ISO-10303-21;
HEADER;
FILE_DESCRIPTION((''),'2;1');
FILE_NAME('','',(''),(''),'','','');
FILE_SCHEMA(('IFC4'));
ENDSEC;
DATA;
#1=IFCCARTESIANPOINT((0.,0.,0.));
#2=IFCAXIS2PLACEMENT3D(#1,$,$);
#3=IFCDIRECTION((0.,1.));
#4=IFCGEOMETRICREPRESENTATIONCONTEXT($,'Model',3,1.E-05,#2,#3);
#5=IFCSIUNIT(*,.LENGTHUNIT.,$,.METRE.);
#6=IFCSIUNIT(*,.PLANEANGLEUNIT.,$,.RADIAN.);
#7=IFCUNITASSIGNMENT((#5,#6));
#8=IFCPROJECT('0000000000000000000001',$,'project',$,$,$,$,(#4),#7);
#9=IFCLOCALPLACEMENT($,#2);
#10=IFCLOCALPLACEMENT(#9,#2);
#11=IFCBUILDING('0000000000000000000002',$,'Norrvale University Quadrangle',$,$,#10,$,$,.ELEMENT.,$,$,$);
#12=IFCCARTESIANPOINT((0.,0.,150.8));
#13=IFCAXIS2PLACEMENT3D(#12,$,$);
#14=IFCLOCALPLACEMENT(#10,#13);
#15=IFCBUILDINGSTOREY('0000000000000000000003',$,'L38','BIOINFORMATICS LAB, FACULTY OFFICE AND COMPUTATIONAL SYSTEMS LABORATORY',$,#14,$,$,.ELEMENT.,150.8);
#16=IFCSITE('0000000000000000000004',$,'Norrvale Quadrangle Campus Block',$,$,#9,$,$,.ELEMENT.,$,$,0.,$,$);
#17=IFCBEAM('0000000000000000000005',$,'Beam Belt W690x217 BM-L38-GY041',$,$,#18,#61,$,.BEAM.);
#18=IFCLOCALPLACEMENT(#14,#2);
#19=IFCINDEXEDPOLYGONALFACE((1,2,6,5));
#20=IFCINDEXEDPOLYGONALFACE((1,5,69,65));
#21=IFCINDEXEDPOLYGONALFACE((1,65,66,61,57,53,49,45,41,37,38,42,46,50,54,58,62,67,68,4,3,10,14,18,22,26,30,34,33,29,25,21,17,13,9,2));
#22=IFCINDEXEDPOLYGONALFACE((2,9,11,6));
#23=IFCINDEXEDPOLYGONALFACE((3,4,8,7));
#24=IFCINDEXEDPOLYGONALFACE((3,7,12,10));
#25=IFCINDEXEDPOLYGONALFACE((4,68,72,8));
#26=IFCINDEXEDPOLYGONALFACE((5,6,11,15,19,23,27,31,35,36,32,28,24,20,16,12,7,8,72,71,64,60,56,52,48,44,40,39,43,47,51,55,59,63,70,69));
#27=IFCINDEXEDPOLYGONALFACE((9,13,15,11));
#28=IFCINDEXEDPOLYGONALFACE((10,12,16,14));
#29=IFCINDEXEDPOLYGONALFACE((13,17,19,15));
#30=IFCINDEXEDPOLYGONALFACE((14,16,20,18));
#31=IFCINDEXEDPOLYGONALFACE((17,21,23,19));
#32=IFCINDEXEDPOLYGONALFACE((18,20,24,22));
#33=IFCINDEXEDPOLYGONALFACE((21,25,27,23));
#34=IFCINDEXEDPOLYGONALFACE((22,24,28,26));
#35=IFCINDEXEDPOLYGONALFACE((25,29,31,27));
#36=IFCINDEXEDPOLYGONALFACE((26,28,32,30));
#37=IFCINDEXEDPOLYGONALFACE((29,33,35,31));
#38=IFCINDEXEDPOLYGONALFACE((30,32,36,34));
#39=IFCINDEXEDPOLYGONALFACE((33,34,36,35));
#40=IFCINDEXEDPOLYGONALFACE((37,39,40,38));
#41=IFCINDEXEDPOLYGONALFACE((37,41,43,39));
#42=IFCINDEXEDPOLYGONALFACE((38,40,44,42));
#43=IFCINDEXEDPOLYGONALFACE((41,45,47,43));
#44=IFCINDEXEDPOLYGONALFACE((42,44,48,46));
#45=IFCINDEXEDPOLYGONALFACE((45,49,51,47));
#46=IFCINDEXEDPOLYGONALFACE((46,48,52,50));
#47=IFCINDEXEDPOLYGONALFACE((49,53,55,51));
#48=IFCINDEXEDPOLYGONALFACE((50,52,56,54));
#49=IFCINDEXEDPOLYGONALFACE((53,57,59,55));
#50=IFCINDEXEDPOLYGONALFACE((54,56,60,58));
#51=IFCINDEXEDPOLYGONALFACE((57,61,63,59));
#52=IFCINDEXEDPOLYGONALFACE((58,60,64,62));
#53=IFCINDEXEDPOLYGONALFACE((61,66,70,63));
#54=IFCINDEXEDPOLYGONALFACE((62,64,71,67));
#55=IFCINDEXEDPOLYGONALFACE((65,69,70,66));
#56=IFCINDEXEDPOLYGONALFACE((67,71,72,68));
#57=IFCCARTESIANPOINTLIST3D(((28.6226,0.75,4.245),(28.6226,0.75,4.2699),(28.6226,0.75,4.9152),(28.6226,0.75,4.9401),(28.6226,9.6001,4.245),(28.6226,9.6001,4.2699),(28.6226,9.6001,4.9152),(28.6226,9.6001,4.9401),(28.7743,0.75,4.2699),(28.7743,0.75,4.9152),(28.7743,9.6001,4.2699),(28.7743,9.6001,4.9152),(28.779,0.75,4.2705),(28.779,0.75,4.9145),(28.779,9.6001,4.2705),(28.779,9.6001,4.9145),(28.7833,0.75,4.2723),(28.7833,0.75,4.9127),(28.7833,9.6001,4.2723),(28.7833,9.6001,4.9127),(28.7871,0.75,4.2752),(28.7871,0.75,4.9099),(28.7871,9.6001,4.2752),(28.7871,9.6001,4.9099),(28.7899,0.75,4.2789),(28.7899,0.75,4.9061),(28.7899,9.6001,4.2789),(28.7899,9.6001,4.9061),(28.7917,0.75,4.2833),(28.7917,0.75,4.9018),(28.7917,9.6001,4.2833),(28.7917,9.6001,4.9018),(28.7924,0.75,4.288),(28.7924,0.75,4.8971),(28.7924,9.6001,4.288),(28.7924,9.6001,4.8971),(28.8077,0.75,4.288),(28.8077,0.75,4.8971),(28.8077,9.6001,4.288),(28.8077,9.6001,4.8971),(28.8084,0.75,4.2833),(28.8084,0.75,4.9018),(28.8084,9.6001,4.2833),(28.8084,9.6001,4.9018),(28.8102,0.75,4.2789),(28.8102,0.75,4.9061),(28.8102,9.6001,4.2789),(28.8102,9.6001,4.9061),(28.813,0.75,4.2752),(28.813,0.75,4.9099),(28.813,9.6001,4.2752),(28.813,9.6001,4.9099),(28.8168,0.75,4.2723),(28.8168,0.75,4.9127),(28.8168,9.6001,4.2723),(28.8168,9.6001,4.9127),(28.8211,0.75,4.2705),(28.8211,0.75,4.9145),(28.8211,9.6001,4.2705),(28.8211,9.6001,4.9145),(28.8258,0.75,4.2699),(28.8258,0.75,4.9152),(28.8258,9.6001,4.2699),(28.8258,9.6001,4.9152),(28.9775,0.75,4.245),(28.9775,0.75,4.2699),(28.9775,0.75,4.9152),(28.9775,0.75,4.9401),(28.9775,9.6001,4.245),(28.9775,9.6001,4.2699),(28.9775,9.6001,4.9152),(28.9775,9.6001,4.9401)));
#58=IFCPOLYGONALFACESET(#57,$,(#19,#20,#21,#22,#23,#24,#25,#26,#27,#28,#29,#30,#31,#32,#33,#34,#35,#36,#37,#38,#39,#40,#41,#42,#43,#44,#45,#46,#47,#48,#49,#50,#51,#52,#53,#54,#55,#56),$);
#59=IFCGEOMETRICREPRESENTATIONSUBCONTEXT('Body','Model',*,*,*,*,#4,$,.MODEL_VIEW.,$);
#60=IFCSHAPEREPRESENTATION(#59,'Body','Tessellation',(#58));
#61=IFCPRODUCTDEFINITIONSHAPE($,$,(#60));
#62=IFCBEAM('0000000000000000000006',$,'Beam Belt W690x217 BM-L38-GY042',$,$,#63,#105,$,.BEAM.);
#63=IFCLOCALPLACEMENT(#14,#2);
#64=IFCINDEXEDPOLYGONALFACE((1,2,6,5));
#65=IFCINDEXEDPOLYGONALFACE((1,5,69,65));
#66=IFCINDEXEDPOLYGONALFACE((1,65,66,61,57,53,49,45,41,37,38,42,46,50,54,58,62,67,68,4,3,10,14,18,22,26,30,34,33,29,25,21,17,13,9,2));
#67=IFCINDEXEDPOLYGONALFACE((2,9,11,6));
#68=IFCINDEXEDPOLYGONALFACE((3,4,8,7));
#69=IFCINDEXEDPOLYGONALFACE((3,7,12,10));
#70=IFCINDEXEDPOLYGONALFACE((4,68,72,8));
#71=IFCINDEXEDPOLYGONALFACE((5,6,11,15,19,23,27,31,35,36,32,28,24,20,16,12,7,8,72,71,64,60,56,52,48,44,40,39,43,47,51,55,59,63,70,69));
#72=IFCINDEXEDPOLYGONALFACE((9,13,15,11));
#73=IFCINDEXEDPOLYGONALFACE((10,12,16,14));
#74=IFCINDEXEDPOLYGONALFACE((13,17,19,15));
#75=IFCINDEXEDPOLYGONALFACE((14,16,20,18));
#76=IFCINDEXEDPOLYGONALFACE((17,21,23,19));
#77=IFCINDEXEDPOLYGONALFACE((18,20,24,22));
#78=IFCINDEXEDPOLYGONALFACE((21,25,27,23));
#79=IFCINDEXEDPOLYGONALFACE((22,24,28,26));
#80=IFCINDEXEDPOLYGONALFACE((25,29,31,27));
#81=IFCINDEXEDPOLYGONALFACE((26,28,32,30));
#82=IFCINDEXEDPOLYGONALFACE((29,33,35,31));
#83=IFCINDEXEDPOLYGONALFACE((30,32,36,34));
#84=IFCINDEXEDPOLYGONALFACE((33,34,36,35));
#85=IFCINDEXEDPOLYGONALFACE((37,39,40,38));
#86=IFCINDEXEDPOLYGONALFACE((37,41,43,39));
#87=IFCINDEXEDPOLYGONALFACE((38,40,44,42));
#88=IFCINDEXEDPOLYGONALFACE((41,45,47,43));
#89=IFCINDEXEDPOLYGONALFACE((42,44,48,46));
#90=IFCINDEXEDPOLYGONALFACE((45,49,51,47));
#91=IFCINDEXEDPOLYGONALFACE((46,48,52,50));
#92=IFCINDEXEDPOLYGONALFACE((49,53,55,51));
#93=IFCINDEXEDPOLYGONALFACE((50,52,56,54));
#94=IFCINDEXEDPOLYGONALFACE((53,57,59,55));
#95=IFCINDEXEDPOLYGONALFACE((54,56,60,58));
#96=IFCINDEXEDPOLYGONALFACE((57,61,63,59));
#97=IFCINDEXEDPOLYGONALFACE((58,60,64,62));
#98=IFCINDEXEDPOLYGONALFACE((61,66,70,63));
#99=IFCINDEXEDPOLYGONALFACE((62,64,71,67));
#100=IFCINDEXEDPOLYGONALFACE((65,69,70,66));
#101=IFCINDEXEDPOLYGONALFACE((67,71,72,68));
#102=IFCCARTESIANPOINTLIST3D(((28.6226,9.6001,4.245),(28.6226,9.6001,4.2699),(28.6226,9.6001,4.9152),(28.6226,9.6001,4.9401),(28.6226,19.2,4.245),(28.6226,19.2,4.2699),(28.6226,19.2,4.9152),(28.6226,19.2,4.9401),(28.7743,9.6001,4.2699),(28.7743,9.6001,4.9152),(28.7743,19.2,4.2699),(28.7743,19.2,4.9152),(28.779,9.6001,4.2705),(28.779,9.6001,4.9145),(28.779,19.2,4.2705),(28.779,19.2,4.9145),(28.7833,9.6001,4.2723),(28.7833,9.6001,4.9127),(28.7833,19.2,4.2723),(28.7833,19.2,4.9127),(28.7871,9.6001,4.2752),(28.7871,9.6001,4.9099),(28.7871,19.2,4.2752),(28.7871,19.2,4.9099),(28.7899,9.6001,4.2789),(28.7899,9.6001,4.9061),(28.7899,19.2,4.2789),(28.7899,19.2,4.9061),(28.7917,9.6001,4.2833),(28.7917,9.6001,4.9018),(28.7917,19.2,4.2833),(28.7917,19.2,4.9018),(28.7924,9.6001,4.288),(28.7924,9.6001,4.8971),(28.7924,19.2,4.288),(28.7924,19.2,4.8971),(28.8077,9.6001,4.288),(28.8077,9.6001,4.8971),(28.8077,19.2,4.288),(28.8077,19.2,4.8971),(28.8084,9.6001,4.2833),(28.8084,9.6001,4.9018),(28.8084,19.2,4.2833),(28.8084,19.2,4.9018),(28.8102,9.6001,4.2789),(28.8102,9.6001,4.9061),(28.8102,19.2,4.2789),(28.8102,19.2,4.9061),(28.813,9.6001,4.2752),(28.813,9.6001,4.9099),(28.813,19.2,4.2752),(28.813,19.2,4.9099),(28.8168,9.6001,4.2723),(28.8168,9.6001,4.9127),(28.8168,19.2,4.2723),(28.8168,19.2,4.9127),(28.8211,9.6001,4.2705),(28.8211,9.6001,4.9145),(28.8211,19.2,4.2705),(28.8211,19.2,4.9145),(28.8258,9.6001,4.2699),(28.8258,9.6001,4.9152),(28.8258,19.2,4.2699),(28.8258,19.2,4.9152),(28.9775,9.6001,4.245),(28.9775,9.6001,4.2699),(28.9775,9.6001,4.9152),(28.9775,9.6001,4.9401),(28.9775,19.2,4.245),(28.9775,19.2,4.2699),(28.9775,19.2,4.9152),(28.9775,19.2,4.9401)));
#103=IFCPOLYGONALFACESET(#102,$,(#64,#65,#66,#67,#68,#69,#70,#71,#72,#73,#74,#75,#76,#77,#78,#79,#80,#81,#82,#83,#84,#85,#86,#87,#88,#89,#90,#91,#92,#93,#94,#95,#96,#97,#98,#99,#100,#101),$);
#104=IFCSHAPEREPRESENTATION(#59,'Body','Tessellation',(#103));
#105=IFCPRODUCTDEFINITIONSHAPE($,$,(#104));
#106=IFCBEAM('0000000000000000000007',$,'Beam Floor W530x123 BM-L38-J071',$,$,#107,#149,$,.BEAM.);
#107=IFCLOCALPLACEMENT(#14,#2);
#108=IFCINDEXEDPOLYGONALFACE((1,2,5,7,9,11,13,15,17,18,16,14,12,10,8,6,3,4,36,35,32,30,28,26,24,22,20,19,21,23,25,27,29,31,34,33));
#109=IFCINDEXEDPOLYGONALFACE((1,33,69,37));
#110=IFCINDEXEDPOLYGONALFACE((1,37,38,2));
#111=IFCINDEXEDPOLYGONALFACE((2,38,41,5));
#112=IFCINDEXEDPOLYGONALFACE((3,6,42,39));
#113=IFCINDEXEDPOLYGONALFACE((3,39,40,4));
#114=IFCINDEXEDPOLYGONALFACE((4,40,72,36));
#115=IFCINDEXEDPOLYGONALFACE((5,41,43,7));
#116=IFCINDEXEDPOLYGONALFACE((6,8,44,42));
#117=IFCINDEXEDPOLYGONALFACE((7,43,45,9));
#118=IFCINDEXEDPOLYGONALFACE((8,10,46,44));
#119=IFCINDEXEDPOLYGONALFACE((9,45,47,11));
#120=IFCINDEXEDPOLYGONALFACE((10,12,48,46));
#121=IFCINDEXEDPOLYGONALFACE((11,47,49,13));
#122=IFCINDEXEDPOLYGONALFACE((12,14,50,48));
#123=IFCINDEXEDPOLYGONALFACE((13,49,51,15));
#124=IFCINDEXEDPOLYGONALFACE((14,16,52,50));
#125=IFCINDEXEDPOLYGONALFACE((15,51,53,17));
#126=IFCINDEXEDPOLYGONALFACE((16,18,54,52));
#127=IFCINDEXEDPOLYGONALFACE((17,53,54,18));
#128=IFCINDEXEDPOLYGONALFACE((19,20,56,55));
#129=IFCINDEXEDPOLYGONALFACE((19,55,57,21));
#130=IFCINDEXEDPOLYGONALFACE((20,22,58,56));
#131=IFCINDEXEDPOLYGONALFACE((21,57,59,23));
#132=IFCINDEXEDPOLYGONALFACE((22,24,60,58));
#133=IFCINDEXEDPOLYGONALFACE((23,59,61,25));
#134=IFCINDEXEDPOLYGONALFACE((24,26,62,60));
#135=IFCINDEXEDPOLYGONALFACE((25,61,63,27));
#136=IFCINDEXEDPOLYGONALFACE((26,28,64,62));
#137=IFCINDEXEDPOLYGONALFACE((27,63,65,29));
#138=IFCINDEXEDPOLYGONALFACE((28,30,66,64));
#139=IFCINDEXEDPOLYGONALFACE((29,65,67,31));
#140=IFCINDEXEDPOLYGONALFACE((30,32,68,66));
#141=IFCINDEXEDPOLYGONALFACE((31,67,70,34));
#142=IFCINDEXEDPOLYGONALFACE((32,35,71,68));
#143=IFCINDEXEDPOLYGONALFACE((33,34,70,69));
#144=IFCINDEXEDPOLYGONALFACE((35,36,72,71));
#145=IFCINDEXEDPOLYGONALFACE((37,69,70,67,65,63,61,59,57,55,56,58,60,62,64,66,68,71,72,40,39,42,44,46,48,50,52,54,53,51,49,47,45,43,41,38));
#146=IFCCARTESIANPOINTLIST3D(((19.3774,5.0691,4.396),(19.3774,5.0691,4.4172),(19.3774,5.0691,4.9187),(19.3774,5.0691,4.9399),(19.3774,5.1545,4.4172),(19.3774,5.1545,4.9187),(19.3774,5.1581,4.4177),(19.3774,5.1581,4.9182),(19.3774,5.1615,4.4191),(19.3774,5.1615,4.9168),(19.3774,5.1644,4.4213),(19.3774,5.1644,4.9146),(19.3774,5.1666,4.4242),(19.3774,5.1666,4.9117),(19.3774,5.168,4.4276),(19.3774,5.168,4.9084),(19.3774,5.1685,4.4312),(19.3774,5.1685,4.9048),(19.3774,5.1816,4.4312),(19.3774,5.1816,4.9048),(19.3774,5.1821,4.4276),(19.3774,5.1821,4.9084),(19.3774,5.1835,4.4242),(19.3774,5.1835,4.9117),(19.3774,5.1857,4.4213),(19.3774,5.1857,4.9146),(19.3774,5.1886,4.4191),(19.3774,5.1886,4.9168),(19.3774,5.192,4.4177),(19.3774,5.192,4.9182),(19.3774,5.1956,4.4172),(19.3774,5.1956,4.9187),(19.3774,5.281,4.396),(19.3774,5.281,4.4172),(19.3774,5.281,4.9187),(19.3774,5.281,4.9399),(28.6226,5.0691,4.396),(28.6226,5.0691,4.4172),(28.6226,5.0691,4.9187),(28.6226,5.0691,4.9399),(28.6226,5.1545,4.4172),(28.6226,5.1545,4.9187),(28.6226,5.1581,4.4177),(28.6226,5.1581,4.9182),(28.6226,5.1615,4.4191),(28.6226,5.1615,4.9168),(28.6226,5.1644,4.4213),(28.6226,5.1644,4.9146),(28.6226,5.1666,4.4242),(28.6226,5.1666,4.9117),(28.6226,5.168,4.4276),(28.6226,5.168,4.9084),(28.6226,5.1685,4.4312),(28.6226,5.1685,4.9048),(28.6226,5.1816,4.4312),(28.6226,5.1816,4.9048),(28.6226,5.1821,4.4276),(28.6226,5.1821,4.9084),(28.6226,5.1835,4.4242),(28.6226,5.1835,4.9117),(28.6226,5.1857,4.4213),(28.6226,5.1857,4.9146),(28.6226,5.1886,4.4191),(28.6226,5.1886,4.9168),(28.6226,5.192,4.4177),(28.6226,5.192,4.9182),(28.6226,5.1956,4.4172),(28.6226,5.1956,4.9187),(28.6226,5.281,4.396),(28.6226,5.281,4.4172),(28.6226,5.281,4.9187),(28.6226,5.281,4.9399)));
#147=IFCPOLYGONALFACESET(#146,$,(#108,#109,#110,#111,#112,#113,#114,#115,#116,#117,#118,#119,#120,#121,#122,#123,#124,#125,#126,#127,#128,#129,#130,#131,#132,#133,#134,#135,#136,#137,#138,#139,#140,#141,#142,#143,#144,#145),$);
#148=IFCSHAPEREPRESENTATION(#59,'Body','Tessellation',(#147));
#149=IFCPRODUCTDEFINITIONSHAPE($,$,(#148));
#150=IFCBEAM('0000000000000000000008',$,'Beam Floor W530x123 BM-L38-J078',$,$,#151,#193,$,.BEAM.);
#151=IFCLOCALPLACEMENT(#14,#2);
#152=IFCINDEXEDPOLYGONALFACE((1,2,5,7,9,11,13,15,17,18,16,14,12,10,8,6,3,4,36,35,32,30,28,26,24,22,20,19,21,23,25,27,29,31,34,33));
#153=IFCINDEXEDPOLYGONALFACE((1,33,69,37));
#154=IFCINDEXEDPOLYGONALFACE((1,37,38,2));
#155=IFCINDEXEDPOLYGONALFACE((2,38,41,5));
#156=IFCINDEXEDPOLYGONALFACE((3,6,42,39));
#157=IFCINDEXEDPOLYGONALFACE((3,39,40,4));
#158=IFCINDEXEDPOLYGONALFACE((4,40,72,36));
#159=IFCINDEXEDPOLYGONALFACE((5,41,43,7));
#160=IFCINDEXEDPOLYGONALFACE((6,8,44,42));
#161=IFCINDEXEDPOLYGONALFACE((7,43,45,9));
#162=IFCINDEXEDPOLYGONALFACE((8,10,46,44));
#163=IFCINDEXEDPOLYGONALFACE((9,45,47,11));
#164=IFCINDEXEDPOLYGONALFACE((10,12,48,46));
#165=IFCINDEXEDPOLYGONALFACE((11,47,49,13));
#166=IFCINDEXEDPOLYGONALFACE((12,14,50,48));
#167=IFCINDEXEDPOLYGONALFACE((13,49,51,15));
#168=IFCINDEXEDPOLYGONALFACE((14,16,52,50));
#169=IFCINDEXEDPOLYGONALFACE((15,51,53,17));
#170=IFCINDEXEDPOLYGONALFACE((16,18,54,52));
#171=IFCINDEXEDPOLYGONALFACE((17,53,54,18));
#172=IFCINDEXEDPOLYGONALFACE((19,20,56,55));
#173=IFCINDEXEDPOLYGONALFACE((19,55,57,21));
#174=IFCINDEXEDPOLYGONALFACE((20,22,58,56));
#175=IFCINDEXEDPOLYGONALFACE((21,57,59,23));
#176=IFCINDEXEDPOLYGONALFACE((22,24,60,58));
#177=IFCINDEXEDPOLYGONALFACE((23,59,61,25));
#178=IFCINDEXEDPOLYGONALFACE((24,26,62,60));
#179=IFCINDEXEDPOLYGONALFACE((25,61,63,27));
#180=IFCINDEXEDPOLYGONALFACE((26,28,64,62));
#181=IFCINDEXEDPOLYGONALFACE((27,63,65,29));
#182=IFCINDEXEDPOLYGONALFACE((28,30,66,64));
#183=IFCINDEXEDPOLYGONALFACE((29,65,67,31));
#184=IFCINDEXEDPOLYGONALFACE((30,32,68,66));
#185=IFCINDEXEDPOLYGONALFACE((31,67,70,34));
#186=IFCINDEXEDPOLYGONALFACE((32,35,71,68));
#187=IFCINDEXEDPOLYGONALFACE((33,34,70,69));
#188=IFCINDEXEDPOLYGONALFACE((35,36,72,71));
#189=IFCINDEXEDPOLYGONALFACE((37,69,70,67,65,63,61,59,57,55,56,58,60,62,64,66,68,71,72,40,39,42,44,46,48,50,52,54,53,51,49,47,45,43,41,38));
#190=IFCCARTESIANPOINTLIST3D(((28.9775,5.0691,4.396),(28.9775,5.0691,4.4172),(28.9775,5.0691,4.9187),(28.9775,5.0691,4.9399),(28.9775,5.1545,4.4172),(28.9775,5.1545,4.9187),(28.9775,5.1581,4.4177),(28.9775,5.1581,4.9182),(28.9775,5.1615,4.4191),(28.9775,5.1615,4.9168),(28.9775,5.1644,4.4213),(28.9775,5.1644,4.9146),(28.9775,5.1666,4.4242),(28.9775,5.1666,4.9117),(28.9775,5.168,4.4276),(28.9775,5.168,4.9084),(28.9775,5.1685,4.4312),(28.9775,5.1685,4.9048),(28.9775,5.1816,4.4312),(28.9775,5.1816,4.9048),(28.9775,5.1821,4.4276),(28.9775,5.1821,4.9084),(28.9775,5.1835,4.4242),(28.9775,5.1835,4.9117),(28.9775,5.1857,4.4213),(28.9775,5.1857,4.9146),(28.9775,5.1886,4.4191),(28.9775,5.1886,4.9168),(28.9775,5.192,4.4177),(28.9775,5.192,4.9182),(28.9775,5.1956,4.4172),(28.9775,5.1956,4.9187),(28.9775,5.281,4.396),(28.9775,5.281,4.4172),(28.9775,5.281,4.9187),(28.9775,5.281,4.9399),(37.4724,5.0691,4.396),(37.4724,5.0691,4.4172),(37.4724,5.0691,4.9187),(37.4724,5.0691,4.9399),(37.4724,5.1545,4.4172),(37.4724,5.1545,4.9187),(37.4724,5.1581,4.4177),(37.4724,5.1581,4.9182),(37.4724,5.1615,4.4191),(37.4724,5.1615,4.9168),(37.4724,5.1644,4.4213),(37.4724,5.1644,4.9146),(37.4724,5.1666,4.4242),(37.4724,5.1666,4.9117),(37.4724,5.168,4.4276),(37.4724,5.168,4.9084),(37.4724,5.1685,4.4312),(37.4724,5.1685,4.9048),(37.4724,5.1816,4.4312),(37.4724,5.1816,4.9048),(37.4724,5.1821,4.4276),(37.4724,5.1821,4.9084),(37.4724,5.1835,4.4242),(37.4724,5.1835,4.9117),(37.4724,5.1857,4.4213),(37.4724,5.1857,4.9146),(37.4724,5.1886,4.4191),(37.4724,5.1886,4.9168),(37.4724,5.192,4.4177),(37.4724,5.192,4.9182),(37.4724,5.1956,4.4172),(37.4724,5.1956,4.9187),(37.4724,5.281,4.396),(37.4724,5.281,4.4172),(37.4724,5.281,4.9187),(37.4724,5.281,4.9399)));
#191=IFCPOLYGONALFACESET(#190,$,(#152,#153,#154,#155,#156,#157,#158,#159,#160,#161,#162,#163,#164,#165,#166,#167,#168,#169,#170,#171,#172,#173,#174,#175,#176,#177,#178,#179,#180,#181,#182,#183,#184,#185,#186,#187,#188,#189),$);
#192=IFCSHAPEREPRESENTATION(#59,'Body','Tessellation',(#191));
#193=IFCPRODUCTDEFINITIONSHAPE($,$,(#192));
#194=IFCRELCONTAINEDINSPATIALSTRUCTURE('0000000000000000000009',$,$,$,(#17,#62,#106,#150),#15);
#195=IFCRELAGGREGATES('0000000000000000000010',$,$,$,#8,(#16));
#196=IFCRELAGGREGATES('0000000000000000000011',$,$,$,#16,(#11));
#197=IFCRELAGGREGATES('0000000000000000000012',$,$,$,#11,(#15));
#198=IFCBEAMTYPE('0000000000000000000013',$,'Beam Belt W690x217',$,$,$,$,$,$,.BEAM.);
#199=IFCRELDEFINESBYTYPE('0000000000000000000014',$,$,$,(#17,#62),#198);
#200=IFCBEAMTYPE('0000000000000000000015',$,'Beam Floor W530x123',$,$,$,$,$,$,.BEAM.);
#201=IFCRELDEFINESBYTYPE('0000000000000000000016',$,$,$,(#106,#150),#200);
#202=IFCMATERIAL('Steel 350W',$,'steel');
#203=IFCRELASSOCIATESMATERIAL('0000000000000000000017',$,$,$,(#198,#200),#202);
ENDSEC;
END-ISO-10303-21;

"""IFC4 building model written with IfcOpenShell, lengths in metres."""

from ifc_helpers import new_model, si_unit, direction, frame, origin, origin_2d, place, context, subcontext, project, spatial, i_section, extrude, material, material_profile, profile_set, type_object, element, save


model = new_model("IFC4")

# Units and contexts
model_context = context("Model", 3, precision=1e-05, world=origin(), true_north=direction((0.0, 1.0)))
body_context = subcontext(model_context, "Body", "Model", "MODEL_VIEW")
ifc_project = project(units=[si_unit("LENGTHUNIT", "METRE"), si_unit("PLANEANGLEUNIT", "RADIAN")], contexts=[model_context])

# Site, building, storey
site_placement = place(None, origin())
site = spatial("IfcSite", under=ifc_project, at=site_placement, Name="Norrvale Quadrangle Campus Block", CompositionType="ELEMENT", RefElevation=0.0)
building_placement = place(site_placement, origin())
building = spatial("IfcBuilding", under=site, at=building_placement, Name="Norrvale University Quadrangle", CompositionType="ELEMENT")
storey_placement = place(building_placement, frame((0.0, 0.0, 150.8)))
storey = spatial("IfcBuildingStorey", under=building, at=storey_placement, Name="L38", Description="BIOINFORMATICS LAB, FACULTY OFFICE AND COMPUTATIONAL SYSTEMS LABORATORY", CompositionType="ELEMENT", Elevation=150.8)

# Beams
ifc_material_1 = material(Name="Steel 350W", Category="steel")
ifc_material_profile_1 = material_profile(ifc_material_1, i_section(OverallWidth=0.355, OverallDepth=0.6951, WebThickness=0.0154, FlangeThickness=0.0249, FilletRadius=0.0181, at=origin_2d()), Name="Steel 350W")
ifc_profile_set_1 = profile_set([ifc_material_profile_1], Name="Steel 350W")
beam_type_1 = type_object("IfcBeamType", Name="Beam Belt W690x217", PredefinedType="BEAM", material=ifc_profile_set_1)
beam_1_placement = place(storey_placement, frame((28.8, 0.75, 4.5925), z_axis=(0.0, 1.0, 0.0), x_axis=(-1.0, 0.0, 0.0)))
element("IfcBeam", 1, at=beam_1_placement, inside=storey, type_object=beam_type_1, Name="Beam Belt W690x217 BM-L38-GY041", PredefinedType="BEAM", context=body_context, shape_type="SweptSolid", body=[
    extrude(i_section(OverallWidth=0.355, OverallDepth=0.6951, WebThickness=0.0154, FlangeThickness=0.0249, FilletRadius=0.0181, at=origin_2d()), origin(), (0.0, 0.0, 1.0), 8.8501),
])
beam_2_placement = place(storey_placement, frame((28.8, 9.6001, 4.5925), z_axis=(0.0, 1.0, 0.0), x_axis=(-1.0, 0.0, 0.0)))
element("IfcBeam", 2, at=beam_2_placement, inside=storey, type_object=beam_type_1, Name="Beam Belt W690x217 BM-L38-GY042", PredefinedType="BEAM", context=body_context, shape_type="SweptSolid", body=[
    extrude(i_section(OverallWidth=0.355, OverallDepth=0.6951, WebThickness=0.0154, FlangeThickness=0.0249, FilletRadius=0.0181, at=origin_2d()), origin(), (0.0, 0.0, 1.0), 9.5999),
])
ifc_material_profile_2 = material_profile(ifc_material_1, i_section(OverallWidth=0.2119, OverallDepth=0.5439, WebThickness=0.0132, FlangeThickness=0.0212, FilletRadius=0.0139, at=origin_2d()), Name="Steel 350W")
ifc_profile_set_2 = profile_set([ifc_material_profile_2], Name="Steel 350W")
beam_type_2 = type_object("IfcBeamType", Name="Beam Floor W530x123", PredefinedType="BEAM", material=ifc_profile_set_2)
beam_3_placement = place(storey_placement, frame((19.3774, 5.175, 4.668), z_axis=(1.0, 0.0, 0.0), x_axis=(0.0, 1.0, 0.0)))
element("IfcBeam", 3, at=beam_3_placement, inside=storey, type_object=beam_type_2, Name="Beam Floor W530x123 BM-L38-J071", PredefinedType="BEAM", context=body_context, shape_type="SweptSolid", body=[
    extrude(i_section(OverallWidth=0.2119, OverallDepth=0.5439, WebThickness=0.0132, FlangeThickness=0.0212, FilletRadius=0.0139, at=origin_2d()), origin(), (0.0, 0.0, 1.0), 9.2451),
])
beam_4_placement = place(storey_placement, frame((28.9775, 5.175, 4.668), z_axis=(1.0, 0.0, 0.0), x_axis=(0.0, 1.0, 0.0)))
element("IfcBeam", 4, at=beam_4_placement, inside=storey, type_object=beam_type_2, Name="Beam Floor W530x123 BM-L38-J078", PredefinedType="BEAM", context=body_context, shape_type="SweptSolid", body=[
    extrude(i_section(OverallWidth=0.2119, OverallDepth=0.5439, WebThickness=0.0132, FlangeThickness=0.0212, FilletRadius=0.0139, at=origin_2d()), origin(), (0.0, 0.0, 1.0), 8.4949),
])

save(model, "model.ifc")
